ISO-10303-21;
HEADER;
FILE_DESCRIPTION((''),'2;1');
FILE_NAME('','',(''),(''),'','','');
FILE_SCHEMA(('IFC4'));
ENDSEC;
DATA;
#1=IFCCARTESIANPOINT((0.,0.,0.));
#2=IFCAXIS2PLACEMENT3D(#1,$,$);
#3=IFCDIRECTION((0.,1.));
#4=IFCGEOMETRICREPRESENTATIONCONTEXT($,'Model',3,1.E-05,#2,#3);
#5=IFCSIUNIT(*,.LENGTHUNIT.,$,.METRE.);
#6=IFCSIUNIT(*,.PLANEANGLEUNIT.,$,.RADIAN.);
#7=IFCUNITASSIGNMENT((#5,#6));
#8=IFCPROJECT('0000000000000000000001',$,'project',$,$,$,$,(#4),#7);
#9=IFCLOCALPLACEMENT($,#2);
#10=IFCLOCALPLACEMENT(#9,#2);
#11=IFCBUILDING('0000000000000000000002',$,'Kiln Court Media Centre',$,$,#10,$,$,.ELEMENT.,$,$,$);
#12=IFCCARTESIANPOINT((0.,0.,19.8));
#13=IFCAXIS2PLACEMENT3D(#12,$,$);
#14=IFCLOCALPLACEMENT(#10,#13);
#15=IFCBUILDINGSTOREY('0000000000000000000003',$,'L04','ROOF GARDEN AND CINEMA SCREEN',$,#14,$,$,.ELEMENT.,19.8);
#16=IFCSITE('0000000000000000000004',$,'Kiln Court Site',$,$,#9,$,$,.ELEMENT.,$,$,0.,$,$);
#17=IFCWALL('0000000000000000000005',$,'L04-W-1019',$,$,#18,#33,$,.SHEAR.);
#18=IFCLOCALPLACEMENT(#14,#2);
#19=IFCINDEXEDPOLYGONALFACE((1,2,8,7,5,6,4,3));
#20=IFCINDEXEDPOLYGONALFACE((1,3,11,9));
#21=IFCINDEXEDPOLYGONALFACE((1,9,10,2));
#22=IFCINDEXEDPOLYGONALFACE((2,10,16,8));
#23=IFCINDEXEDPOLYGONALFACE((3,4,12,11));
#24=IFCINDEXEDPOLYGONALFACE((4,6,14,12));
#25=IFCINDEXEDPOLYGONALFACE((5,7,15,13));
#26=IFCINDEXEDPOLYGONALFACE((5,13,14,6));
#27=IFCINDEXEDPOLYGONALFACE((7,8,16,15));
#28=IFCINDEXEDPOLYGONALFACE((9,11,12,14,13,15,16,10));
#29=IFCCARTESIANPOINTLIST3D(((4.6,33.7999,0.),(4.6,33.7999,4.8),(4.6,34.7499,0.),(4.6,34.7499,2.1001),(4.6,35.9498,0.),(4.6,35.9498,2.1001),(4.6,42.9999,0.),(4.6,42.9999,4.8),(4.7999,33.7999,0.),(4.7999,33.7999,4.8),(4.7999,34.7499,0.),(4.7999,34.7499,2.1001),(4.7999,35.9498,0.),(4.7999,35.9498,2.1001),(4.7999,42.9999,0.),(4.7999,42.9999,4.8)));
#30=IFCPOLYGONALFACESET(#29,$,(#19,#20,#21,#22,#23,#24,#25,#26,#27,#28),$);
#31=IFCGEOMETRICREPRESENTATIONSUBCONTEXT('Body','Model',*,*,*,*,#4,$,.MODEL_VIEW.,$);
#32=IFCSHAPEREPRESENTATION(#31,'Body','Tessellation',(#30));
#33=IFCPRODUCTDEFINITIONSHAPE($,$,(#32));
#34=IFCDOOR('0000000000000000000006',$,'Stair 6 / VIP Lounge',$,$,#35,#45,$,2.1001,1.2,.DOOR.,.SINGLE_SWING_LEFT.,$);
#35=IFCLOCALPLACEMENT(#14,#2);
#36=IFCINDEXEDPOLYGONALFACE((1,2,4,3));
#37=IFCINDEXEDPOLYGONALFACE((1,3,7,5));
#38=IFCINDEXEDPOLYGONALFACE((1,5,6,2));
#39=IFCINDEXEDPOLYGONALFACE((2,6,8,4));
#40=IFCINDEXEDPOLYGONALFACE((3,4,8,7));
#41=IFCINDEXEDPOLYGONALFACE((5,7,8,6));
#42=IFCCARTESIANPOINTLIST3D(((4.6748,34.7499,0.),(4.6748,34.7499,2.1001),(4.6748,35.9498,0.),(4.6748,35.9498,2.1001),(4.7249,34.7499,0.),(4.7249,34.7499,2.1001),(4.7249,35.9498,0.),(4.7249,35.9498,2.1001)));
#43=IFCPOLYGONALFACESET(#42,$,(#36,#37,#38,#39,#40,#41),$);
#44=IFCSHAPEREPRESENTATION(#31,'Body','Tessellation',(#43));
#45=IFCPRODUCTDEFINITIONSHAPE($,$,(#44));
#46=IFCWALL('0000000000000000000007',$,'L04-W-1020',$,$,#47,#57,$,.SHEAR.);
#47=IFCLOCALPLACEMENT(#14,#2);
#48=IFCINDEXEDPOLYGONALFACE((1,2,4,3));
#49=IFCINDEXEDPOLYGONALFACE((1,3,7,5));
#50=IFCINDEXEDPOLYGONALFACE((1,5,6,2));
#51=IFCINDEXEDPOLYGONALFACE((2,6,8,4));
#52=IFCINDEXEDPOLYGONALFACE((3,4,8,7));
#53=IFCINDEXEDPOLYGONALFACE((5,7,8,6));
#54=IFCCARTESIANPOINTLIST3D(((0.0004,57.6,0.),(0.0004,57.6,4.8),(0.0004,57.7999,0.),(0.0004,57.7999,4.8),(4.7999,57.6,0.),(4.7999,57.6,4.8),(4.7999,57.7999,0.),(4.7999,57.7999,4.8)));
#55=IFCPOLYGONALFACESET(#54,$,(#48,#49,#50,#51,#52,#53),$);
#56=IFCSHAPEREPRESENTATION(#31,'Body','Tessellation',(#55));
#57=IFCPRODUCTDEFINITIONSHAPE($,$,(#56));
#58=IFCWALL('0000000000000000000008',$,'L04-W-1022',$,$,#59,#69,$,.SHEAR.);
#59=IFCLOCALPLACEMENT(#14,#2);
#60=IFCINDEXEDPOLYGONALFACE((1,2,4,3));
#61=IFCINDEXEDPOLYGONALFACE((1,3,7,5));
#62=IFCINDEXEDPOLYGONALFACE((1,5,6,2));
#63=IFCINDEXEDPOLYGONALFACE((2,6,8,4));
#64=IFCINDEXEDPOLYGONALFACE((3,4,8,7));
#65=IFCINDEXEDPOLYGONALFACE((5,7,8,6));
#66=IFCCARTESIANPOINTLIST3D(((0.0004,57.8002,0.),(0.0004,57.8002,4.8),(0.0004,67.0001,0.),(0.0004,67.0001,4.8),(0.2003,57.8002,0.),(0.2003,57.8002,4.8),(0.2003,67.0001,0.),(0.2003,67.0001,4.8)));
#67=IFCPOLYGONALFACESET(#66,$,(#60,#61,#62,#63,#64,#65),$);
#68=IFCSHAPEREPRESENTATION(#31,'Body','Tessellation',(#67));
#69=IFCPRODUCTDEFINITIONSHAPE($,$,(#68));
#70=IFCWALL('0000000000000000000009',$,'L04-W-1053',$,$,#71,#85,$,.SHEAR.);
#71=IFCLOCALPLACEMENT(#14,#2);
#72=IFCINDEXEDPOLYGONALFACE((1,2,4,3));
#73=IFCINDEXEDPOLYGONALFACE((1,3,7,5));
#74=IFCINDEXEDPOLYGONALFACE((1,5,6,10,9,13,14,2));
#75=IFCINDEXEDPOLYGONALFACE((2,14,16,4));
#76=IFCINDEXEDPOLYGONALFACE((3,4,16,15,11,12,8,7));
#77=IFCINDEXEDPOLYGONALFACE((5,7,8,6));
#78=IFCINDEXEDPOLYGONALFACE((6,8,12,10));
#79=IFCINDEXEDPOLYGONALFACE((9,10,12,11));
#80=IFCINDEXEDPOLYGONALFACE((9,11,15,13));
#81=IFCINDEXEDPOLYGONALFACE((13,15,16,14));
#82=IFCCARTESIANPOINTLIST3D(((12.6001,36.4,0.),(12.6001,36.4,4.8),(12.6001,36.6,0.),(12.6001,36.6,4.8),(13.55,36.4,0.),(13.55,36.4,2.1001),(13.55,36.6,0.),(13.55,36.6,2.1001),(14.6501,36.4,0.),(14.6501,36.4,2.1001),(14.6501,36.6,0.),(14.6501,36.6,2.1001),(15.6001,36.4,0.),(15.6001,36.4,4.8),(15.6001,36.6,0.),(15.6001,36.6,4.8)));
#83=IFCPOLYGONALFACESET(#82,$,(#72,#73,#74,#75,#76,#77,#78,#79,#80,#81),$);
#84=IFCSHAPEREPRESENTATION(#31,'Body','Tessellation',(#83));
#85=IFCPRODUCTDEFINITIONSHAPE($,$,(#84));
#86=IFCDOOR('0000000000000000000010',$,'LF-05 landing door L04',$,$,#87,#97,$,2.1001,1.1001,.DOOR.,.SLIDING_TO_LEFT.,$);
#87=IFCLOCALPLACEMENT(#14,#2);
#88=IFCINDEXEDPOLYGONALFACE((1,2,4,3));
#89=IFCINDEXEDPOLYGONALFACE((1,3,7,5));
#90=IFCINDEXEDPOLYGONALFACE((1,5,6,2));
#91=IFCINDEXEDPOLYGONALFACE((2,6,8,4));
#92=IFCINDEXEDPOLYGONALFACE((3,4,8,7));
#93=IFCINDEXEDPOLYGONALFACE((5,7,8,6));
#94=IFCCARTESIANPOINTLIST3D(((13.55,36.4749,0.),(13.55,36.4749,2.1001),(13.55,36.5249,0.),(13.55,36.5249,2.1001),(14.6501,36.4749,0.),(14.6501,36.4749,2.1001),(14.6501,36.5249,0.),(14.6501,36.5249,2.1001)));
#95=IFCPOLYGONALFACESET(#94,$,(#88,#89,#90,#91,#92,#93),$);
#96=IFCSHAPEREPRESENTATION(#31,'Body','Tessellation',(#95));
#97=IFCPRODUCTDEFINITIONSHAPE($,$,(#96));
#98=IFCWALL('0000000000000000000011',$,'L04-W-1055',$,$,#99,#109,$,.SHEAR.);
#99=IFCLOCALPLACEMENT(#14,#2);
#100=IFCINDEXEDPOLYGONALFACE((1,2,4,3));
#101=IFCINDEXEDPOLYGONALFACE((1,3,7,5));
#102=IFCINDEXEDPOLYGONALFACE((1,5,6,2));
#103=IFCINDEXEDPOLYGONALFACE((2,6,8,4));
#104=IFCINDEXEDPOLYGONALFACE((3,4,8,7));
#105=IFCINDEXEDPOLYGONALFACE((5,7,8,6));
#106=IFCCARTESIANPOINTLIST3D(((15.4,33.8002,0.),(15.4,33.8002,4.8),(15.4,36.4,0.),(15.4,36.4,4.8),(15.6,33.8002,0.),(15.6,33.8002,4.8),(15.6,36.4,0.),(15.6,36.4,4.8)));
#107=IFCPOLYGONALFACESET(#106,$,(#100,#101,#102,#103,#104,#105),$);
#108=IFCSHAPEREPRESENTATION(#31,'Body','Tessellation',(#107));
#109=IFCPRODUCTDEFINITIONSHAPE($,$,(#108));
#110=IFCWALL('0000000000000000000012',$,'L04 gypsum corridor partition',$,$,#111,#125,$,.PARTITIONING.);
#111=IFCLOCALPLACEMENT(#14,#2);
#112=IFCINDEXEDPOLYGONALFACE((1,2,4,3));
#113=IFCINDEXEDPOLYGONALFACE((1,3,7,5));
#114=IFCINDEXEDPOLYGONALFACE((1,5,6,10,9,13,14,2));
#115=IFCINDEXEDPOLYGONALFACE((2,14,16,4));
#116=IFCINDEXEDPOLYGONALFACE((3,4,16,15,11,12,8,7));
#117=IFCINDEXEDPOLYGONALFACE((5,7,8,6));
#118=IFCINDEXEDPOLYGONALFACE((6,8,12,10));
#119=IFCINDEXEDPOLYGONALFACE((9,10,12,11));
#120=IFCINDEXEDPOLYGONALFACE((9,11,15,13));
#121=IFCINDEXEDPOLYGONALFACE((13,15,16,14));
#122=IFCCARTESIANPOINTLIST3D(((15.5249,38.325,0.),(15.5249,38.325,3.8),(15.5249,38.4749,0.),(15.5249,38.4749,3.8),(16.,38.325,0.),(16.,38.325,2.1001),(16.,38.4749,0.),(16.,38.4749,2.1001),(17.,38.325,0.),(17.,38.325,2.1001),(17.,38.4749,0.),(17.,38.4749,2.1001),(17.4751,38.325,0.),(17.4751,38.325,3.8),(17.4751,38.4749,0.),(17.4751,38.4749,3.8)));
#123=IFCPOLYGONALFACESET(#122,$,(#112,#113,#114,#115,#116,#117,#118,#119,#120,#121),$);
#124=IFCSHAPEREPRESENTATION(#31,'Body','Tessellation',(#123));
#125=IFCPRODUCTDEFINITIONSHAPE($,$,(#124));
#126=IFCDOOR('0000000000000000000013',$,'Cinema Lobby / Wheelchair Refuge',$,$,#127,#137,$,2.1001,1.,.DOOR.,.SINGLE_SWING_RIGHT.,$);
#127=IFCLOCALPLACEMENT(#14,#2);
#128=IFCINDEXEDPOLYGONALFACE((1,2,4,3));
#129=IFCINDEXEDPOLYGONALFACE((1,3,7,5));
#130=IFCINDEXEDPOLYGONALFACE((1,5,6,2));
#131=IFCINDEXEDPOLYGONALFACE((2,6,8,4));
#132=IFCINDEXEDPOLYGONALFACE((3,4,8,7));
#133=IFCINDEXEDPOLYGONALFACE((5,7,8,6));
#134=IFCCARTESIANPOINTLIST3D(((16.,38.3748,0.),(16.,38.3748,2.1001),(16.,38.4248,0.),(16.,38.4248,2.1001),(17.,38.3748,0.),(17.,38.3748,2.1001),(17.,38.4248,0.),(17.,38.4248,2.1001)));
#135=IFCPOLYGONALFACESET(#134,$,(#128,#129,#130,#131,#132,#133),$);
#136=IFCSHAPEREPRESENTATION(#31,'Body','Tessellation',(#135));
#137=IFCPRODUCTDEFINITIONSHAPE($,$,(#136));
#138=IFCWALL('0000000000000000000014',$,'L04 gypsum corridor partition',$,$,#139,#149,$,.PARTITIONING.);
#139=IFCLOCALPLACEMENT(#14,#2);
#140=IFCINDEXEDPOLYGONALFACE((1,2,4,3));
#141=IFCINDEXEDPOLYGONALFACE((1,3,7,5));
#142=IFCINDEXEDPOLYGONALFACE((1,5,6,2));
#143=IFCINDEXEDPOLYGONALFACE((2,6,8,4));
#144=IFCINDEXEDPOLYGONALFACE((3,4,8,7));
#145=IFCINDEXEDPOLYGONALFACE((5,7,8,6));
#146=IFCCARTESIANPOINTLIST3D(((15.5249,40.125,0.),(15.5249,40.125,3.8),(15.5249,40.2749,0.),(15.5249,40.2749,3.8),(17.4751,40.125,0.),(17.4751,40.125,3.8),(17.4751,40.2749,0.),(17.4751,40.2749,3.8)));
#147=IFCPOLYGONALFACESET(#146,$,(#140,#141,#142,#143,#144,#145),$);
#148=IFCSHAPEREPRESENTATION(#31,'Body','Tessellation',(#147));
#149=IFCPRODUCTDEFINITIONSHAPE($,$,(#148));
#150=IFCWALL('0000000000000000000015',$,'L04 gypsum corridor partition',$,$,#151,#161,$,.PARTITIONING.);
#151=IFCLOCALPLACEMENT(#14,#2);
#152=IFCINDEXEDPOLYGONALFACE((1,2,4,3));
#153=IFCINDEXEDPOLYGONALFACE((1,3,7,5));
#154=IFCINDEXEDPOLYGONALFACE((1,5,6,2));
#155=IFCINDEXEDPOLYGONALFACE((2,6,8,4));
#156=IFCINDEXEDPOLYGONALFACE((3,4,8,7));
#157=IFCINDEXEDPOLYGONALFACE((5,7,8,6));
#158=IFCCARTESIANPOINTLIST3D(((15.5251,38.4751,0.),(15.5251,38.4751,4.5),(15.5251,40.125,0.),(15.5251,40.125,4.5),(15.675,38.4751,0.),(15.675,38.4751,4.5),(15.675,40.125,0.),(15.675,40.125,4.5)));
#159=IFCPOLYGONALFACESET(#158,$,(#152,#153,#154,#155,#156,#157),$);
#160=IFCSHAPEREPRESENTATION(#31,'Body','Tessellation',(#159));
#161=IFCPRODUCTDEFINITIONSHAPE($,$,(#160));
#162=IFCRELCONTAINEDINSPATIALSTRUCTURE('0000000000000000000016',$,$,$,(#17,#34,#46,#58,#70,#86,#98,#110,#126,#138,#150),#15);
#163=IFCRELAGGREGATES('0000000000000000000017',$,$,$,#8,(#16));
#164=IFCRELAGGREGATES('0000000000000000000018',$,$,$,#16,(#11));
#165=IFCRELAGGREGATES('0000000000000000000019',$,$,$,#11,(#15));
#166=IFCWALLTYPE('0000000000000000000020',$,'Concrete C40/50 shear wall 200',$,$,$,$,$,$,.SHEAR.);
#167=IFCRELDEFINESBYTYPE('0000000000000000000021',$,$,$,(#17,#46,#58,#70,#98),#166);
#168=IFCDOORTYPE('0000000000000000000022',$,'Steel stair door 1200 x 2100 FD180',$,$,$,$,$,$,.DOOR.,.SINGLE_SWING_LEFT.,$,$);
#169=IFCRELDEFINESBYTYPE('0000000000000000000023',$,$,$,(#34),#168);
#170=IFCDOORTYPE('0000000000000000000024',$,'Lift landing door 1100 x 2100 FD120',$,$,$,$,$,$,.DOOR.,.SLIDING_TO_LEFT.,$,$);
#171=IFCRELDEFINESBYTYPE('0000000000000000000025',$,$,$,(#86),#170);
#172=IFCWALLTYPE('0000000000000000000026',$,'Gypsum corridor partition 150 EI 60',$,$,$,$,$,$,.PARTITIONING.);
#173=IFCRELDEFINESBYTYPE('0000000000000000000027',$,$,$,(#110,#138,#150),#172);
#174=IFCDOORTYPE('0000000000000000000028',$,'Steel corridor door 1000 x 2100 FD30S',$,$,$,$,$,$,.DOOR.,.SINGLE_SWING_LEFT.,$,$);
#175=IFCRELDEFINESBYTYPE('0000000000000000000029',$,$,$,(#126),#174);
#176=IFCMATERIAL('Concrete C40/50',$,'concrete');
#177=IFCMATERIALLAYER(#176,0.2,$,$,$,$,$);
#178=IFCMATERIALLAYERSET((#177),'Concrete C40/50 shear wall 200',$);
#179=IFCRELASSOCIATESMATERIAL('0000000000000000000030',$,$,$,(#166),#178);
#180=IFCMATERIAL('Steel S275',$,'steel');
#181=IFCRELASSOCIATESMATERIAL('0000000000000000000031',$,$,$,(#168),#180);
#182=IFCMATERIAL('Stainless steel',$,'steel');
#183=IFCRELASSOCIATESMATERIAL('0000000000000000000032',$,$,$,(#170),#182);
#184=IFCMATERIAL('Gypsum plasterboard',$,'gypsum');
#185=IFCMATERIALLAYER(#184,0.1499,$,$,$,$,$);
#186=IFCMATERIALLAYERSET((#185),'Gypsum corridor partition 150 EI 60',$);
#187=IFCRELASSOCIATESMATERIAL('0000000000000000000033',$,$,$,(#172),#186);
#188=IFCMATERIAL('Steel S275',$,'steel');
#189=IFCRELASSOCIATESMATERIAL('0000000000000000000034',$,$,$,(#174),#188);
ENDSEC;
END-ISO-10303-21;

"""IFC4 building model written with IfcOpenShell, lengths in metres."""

from ifc_helpers import new_model, si_unit, direction, frame, frame_2d, origin, place, context, subcontext, project, spatial, rectangle, extrude, material, layer, layer_set, type_object, element, fill, save


model = new_model("IFC4")

# Units and contexts
model_context = context("Model", 3, precision=1e-05, world=origin(), true_north=direction((0.0, 1.0)))
body_context = subcontext(model_context, "Body", "Model", "MODEL_VIEW")
ifc_project = project(units=[si_unit("LENGTHUNIT", "METRE"), si_unit("PLANEANGLEUNIT", "RADIAN")], contexts=[model_context])

# Site, building, storey
site_placement = place(None, origin())
site = spatial("IfcSite", under=ifc_project, at=site_placement, Name="Kiln Court Site", CompositionType="ELEMENT", RefElevation=0.0)
building_placement = place(site_placement, origin())
building = spatial("IfcBuilding", under=site, at=building_placement, Name="Kiln Court Media Centre", CompositionType="ELEMENT")
storey_placement = place(building_placement, frame((0.0, 0.0, 19.8)))
storey = spatial("IfcBuildingStorey", under=building, at=storey_placement, Name="L04", Description="ROOF GARDEN AND CINEMA SCREEN", CompositionType="ELEMENT", Elevation=19.8)

# Shared definitions
ifc_material_1 = material(Name="Concrete C40/50", Category="concrete")
ifc_layer_1 = layer(ifc_material_1, 0.2)
ifc_layer_set_1 = layer_set([ifc_layer_1], Name="Concrete C40/50 shear wall 200")
wall_type_1 = type_object("IfcWallType", Name="Concrete C40/50 shear wall 200", PredefinedType="SHEAR", material=ifc_layer_set_1)

# Wall, opening, door
wall_1_placement = place(storey_placement, frame((4.7, 43.0, 0.0), z_axis=(0.0, 0.0, 1.0), x_axis=(0.0, -1.0, 0.0)))
wall_1 = element("IfcWall", 1, at=wall_1_placement, inside=storey, type_object=wall_type_1, Name="L04-W-1019", PredefinedType="SHEAR", context=body_context, shape_type="SweptSolid", body=[
    extrude(rectangle(XDim=9.2, YDim=0.2, at=frame_2d((4.6001, 0.0))), origin(), (0.0, 0.0, 1.0), 4.8),
])
opening_1_placement = place(wall_1_placement, frame((7.05, 0.0, 0.0)))
opening_1 = element("IfcOpeningElement", 2, at=opening_1_placement, cuts=wall_1, PredefinedType="OPENING", context=body_context, shape_type="SweptSolid", body=[
    extrude(rectangle(XDim=1.2, YDim=2.1001, at=frame_2d((0.6001, 1.05))), frame((0.0, 0.1099, 0.0), z_axis=(0.0, -1.0, 0.0), x_axis=(1.0, 0.0, 0.0)), (0.0, 0.0, 1.0), 0.22),
])
ifc_material_2 = material(Name="Steel S275", Category="steel")
door_type_1 = type_object("IfcDoorType", Name="Steel stair door 1200 x 2100 FD180", OperationType="SINGLE_SWING_LEFT", PredefinedType="DOOR", material=ifc_material_2)
door_1_placement = place(opening_1_placement, origin())
door_1 = element("IfcDoor", 3, at=door_1_placement, inside=storey, type_object=door_type_1, Name="Stair 6 / VIP Lounge", OperationType="SINGLE_SWING_LEFT", OverallHeight=2.1001, OverallWidth=1.2, PredefinedType="DOOR", context=body_context, shape_type="SweptSolid", body=[
    extrude(rectangle(XDim=1.2, YDim=2.1001, at=frame_2d((0.6001, 1.05))), frame((0.0, 0.0249, 0.0), z_axis=(0.0, -1.0, 0.0), x_axis=(1.0, 0.0, 0.0)), (0.0, 0.0, 1.0), 0.05),
])
fill(opening_1, door_1)

# Walls
wall_2_placement = place(storey_placement, frame((4.8, 57.7, 0.0), z_axis=(0.0, 0.0, 1.0), x_axis=(-1.0, 0.0, 0.0)))
element("IfcWall", 4, at=wall_2_placement, inside=storey, type_object=wall_type_1, Name="L04-W-1020", PredefinedType="SHEAR", context=body_context, shape_type="SweptSolid", body=[
    extrude(rectangle(XDim=4.7996, YDim=0.2, at=frame_2d((2.3999, 0.0))), origin(), (0.0, 0.0, 1.0), 4.8),
])
wall_3_placement = place(storey_placement, frame((0.1003, 57.8, 0.0), z_axis=(0.0, 0.0, 1.0), x_axis=(0.0, 1.0, 0.0)))
element("IfcWall", 5, at=wall_3_placement, inside=storey, type_object=wall_type_1, Name="L04-W-1022", PredefinedType="SHEAR", context=body_context, shape_type="SweptSolid", body=[
    extrude(rectangle(XDim=9.2, YDim=0.2, at=frame_2d((4.6001, 0.0))), origin(), (0.0, 0.0, 1.0), 4.8),
])

# Wall, opening, door
wall_4_placement = place(storey_placement, frame((12.6001, 36.5, 0.0), z_axis=(0.0, 0.0, 1.0), x_axis=(1.0, 0.0, 0.0)))
wall_4 = element("IfcWall", 6, at=wall_4_placement, inside=storey, type_object=wall_type_1, Name="L04-W-1053", PredefinedType="SHEAR", context=body_context, shape_type="SweptSolid", body=[
    extrude(rectangle(XDim=3.0, YDim=0.2, at=frame_2d((1.5, 0.0))), origin(), (0.0, 0.0, 1.0), 4.8),
])
opening_2_placement = place(wall_4_placement, frame((0.95, 0.0, 0.0)))
opening_2 = element("IfcOpeningElement", 7, at=opening_2_placement, cuts=wall_4, PredefinedType="OPENING", context=body_context, shape_type="SweptSolid", body=[
    extrude(rectangle(XDim=1.1001, YDim=2.1001, at=frame_2d((0.55, 1.05))), frame((0.0, 0.1099, 0.0), z_axis=(0.0, -1.0, 0.0), x_axis=(1.0, 0.0, 0.0)), (0.0, 0.0, 1.0), 0.22),
])
ifc_material_3 = material(Name="Stainless steel", Category="steel")
door_type_2 = type_object("IfcDoorType", Name="Lift landing door 1100 x 2100 FD120", OperationType="SLIDING_TO_LEFT", PredefinedType="DOOR", material=ifc_material_3)
door_2_placement = place(opening_2_placement, origin())
door_2 = element("IfcDoor", 8, at=door_2_placement, inside=storey, type_object=door_type_2, Name="LF-05 landing door L04", OperationType="SLIDING_TO_LEFT", OverallHeight=2.1001, OverallWidth=1.1001, PredefinedType="DOOR", context=body_context, shape_type="SweptSolid", body=[
    extrude(rectangle(XDim=1.1001, YDim=2.1001, at=frame_2d((0.55, 1.05))), frame((0.0, 0.0249, 0.0), z_axis=(0.0, -1.0, 0.0), x_axis=(1.0, 0.0, 0.0)), (0.0, 0.0, 1.0), 0.05),
])
fill(opening_2, door_2)

# Wall
wall_5_placement = place(storey_placement, frame((15.5, 36.3999, 0.0), z_axis=(0.0, 0.0, 1.0), x_axis=(0.0, -1.0, 0.0)))
element("IfcWall", 9, at=wall_5_placement, inside=storey, type_object=wall_type_1, Name="L04-W-1055", PredefinedType="SHEAR", context=body_context, shape_type="SweptSolid", body=[
    extrude(rectangle(XDim=2.5999, YDim=0.2, at=frame_2d((1.2998, 0.0))), origin(), (0.0, 0.0, 1.0), 4.8),
])

# Wall, opening, door
ifc_material_4 = material(Name="Gypsum plasterboard", Category="gypsum")
ifc_layer_2 = layer(ifc_material_4, 0.1499)
ifc_layer_set_2 = layer_set([ifc_layer_2], Name="Gypsum corridor partition 150 EI 60")
wall_type_2 = type_object("IfcWallType", Name="Gypsum corridor partition 150 EI 60", PredefinedType="PARTITIONING", material=ifc_layer_set_2)
wall_6_placement = place(storey_placement, frame((15.5249, 38.3999, 0.0), z_axis=(0.0, 0.0, 1.0), x_axis=(1.0, 0.0, 0.0)))
wall_6 = element("IfcWall", 10, at=wall_6_placement, inside=storey, type_object=wall_type_2, Name="L04 gypsum corridor partition", PredefinedType="PARTITIONING", context=body_context, shape_type="SweptSolid", body=[
    extrude(rectangle(XDim=1.9502, YDim=0.1499, at=frame_2d((0.9751, 0.0))), origin(), (0.0, 0.0, 1.0), 3.8),
])
opening_3_placement = place(wall_6_placement, frame((0.4751, 0.0, 0.0)))
opening_3 = element("IfcOpeningElement", 11, at=opening_3_placement, cuts=wall_6, PredefinedType="OPENING", context=body_context, shape_type="SweptSolid", body=[
    extrude(rectangle(XDim=1.0, YDim=2.1001, at=frame_2d((0.5, 1.05))), frame((0.0, 0.085, 0.0), z_axis=(0.0, -1.0, 0.0), x_axis=(1.0, 0.0, 0.0)), (0.0, 0.0, 1.0), 0.1699),
])
ifc_material_5 = material(Name="Steel S275", Category="steel")
door_type_3 = type_object("IfcDoorType", Name="Steel corridor door 1000 x 2100 FD30S", OperationType="SINGLE_SWING_LEFT", PredefinedType="DOOR", material=ifc_material_5)
door_3_placement = place(opening_3_placement, origin())
door_3 = element("IfcDoor", 12, at=door_3_placement, inside=storey, type_object=door_type_3, Name="Cinema Lobby / Wheelchair Refuge", OperationType="SINGLE_SWING_RIGHT", OverallHeight=2.1001, OverallWidth=1.0, PredefinedType="DOOR", context=body_context, shape_type="SweptSolid", body=[
    extrude(rectangle(XDim=1.0, YDim=2.1001, at=frame_2d((0.5, 1.05))), frame((0.0, 0.0249, 0.0), z_axis=(0.0, -1.0, 0.0), x_axis=(1.0, 0.0, 0.0)), (0.0, 0.0, 1.0), 0.05),
])
fill(opening_3, door_3)

# Walls
wall_7_placement = place(storey_placement, frame((15.5249, 40.2, 0.0), z_axis=(0.0, 0.0, 1.0), x_axis=(1.0, 0.0, 0.0)))
element("IfcWall", 13, at=wall_7_placement, inside=storey, type_object=wall_type_2, Name="L04 gypsum corridor partition", PredefinedType="PARTITIONING", context=body_context, shape_type="SweptSolid", body=[
    extrude(rectangle(XDim=1.9502, YDim=0.1499, at=frame_2d((0.9751, 0.0))), origin(), (0.0, 0.0, 1.0), 3.8),
])
wall_8_placement = place(storey_placement, frame((15.6001, 38.4751, 0.0), z_axis=(0.0, 0.0, 1.0), x_axis=(0.0, 1.0, 0.0)))
element("IfcWall", 14, at=wall_8_placement, inside=storey, type_object=wall_type_2, Name="L04 gypsum corridor partition", PredefinedType="PARTITIONING", context=body_context, shape_type="SweptSolid", body=[
    extrude(rectangle(XDim=1.6499, YDim=0.1499, at=frame_2d((0.825, 0.0))), origin(), (0.0, 0.0, 1.0), 4.5),
])

save(model, "model.ifc")
